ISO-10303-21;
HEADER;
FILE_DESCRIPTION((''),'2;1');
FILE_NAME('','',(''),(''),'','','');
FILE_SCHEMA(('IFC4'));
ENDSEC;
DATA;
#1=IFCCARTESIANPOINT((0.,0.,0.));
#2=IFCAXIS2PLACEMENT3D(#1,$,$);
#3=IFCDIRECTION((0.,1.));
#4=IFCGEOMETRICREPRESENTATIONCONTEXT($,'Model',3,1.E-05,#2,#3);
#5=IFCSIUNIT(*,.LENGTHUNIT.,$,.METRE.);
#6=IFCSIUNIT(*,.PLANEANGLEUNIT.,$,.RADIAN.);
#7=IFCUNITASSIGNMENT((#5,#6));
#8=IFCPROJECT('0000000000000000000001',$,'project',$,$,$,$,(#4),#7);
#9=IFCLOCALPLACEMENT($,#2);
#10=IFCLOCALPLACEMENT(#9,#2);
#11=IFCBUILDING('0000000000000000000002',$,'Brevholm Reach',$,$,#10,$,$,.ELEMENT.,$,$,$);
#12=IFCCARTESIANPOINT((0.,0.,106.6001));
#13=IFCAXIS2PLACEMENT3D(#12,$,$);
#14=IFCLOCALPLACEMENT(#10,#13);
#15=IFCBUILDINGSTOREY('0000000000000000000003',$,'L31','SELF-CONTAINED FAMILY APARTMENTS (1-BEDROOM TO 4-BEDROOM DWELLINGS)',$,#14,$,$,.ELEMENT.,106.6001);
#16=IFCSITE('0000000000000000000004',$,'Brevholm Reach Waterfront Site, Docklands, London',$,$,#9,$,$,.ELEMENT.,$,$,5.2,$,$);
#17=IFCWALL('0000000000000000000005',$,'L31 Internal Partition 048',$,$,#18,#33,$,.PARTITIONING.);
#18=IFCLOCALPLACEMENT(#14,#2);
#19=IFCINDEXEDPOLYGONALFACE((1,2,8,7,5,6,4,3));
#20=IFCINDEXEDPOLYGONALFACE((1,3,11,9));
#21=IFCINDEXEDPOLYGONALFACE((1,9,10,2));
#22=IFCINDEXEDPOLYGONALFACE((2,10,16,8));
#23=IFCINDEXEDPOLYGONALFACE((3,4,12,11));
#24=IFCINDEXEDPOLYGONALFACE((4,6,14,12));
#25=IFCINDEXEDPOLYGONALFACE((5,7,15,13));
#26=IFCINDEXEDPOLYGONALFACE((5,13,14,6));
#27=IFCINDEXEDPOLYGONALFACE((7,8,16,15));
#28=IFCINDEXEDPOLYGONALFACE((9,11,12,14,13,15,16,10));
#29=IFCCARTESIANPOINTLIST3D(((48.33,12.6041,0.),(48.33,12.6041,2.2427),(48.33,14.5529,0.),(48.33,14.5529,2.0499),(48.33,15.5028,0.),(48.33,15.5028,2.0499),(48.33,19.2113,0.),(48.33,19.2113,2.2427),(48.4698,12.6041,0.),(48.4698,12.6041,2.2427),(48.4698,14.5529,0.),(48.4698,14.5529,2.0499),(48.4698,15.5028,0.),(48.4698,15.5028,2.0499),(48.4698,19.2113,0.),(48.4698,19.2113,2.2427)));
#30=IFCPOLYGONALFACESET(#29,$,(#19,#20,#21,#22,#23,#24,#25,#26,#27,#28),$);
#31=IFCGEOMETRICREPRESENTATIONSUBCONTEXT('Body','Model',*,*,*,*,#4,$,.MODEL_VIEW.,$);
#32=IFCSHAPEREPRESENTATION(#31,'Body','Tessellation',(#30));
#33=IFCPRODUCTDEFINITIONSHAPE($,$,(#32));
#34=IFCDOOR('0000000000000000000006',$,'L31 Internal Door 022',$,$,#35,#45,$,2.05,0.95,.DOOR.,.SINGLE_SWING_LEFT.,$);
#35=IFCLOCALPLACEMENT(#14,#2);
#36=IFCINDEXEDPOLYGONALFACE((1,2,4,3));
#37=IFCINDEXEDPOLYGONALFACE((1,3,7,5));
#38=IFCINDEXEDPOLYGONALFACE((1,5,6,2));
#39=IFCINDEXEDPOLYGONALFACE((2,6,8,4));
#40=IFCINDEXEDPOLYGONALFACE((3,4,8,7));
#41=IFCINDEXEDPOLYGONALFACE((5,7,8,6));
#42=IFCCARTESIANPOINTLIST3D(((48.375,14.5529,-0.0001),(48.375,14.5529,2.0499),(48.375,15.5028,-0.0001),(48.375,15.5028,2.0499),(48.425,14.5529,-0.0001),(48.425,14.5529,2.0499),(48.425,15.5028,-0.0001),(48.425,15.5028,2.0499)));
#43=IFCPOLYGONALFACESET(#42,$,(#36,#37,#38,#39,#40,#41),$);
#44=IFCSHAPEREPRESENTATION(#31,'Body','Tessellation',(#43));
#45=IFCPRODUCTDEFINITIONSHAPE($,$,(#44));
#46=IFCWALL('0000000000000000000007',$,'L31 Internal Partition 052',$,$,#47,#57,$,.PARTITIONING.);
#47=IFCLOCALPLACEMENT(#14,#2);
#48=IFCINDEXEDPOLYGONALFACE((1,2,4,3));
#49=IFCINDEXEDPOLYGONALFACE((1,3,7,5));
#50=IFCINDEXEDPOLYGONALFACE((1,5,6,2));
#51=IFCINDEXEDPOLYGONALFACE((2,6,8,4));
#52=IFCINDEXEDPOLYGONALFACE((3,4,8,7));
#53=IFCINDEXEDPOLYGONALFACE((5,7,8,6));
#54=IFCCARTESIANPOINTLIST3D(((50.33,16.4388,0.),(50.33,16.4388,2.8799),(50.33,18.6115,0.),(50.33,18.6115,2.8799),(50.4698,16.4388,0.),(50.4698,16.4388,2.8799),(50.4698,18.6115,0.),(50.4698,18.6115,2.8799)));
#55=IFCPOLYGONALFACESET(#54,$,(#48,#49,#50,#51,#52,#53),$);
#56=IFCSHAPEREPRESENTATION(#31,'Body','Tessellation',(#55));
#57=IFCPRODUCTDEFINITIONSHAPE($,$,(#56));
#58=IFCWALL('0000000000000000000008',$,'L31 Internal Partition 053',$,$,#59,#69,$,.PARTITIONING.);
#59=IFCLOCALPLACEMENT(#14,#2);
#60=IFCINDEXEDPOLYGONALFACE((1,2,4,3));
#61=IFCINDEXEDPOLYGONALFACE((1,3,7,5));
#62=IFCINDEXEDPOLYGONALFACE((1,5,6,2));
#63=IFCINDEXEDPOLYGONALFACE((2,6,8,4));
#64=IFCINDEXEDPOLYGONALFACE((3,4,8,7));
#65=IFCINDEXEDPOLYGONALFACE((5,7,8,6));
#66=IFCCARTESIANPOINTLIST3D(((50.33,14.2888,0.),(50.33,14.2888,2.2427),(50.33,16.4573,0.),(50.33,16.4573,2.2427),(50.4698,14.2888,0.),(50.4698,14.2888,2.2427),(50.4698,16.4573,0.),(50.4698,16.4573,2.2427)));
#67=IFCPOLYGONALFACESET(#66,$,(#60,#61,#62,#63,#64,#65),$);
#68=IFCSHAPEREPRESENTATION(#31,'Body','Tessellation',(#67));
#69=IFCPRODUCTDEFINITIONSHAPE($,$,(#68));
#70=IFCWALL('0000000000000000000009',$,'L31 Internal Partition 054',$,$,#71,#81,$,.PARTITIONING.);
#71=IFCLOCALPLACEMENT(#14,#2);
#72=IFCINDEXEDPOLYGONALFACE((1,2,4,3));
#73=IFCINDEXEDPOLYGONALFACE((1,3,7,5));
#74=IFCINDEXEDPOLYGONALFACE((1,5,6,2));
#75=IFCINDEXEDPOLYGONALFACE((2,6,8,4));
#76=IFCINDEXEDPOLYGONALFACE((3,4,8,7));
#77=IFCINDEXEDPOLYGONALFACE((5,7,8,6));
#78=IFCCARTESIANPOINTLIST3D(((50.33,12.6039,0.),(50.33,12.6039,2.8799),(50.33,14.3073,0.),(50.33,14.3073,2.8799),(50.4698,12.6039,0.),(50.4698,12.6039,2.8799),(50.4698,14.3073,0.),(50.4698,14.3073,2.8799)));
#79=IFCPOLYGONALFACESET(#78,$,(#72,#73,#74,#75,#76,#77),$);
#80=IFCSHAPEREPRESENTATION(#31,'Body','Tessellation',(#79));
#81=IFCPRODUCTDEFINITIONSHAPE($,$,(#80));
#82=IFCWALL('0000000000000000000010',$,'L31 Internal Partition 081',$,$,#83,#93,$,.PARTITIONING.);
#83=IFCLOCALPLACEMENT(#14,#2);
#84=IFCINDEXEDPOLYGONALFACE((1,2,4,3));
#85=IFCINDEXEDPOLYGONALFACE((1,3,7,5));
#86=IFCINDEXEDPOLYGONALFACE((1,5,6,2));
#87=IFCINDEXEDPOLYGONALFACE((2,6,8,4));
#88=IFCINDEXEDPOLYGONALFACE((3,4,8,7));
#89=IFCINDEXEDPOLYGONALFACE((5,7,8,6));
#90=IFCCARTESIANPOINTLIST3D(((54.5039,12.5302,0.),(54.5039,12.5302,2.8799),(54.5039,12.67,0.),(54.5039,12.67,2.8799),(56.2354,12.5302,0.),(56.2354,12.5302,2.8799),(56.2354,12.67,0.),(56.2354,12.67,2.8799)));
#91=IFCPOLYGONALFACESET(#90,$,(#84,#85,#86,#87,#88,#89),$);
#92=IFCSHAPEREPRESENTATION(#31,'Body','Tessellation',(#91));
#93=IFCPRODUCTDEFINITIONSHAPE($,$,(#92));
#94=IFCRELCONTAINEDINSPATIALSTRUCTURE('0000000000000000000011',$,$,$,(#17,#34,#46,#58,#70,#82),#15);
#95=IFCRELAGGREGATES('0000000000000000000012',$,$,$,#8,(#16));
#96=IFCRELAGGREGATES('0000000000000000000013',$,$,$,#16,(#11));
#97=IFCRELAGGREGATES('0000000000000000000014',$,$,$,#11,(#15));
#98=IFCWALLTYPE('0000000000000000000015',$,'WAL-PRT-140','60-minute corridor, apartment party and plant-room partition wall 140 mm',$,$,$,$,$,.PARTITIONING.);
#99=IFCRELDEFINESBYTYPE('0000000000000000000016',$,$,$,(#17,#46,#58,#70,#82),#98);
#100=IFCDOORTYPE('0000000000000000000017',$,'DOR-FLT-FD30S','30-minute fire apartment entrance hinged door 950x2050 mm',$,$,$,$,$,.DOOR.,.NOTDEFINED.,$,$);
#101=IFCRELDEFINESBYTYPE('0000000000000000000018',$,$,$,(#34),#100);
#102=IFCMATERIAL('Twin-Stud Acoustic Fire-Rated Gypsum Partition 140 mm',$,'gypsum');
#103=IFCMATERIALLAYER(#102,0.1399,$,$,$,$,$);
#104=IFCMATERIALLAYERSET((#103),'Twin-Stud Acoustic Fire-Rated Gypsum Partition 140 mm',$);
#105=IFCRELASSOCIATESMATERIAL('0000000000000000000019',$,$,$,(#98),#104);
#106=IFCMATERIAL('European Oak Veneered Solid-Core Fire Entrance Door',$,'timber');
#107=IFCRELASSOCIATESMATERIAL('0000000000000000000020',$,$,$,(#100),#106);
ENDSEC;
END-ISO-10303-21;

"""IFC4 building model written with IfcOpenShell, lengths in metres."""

from ifc_helpers import new_model, si_unit, direction, frame, frame_2d, origin, place, context, subcontext, project, spatial, rectangle, extrude, material, layer, layer_set, type_object, element, fill, save


model = new_model("IFC4")

# Units and contexts
model_context = context("Model", 3, precision=1e-05, world=origin(), true_north=direction((0.0, 1.0)))
body_context = subcontext(model_context, "Body", "Model", "MODEL_VIEW")
ifc_project = project(units=[si_unit("LENGTHUNIT", "METRE"), si_unit("PLANEANGLEUNIT", "RADIAN")], contexts=[model_context])

# Site, building, storey
site_placement = place(None, origin())
site = spatial("IfcSite", under=ifc_project, at=site_placement, Name="Brevholm Reach Waterfront Site, Docklands, London", CompositionType="ELEMENT", RefElevation=5.2)
building_placement = place(site_placement, origin())
building = spatial("IfcBuilding", under=site, at=building_placement, Name="Brevholm Reach", CompositionType="ELEMENT")
storey_placement = place(building_placement, frame((0.0, 0.0, 106.6001)))
storey = spatial("IfcBuildingStorey", under=building, at=storey_placement, Name="L31", Description="SELF-CONTAINED FAMILY APARTMENTS (1-BEDROOM TO 4-BEDROOM DWELLINGS)", CompositionType="ELEMENT", Elevation=106.6001)

# Shared definitions
ifc_material_1 = material(Name="Twin-Stud Acoustic Fire-Rated Gypsum Partition 140 mm", Category="gypsum")
ifc_layer_1 = layer(ifc_material_1, 0.1399)
ifc_layer_set_1 = layer_set([ifc_layer_1], Name="Twin-Stud Acoustic Fire-Rated Gypsum Partition 140 mm")
wall_type_1 = type_object("IfcWallType", Name="WAL-PRT-140", Description="60-minute corridor, apartment party and plant-room partition wall 140 mm", PredefinedType="PARTITIONING", material=ifc_layer_set_1)
ifc_material_2 = material(Name="European Oak Veneered Solid-Core Fire Entrance Door", Category="timber")
door_type_1 = type_object("IfcDoorType", Name="DOR-FLT-FD30S", Description="30-minute fire apartment entrance hinged door 950x2050 mm", OperationType="NOTDEFINED", PredefinedType="DOOR", material=ifc_material_2)

# Wall, opening, door
wall_1_placement = place(storey_placement, frame((48.3999, 12.604, 0.0), z_axis=(0.0, 0.0, 1.0), x_axis=(0.0, 1.0, 0.0)))
wall_1 = element("IfcWall", 1, at=wall_1_placement, inside=storey, type_object=wall_type_1, Name="L31 Internal Partition 048", PredefinedType="PARTITIONING", context=body_context, shape_type="SweptSolid", body=[
    extrude(rectangle(XDim=6.6072, YDim=0.1399, at=frame_2d((3.3037, 0.0))), origin(), (0.0, 0.0, 1.0), 2.2427),
])
opening_1_placement = place(wall_1_placement, frame((1.9487, 0.0, 0.0)))
opening_1 = element("IfcOpeningElement", 2, at=opening_1_placement, cuts=wall_1, PredefinedType="OPENING", context=body_context, shape_type="SweptSolid", body=[
    extrude(rectangle(XDim=0.95, YDim=2.05, at=frame_2d((0.4751, 1.0249))), frame((0.0, 0.0798, 0.0), z_axis=(0.0, -1.0, 0.0), x_axis=(1.0, 0.0, 0.0)), (0.0, 0.0, 1.0), 0.1599),
])
door_1_placement = place(opening_1_placement, origin())
door_1 = element("IfcDoor", 3, at=door_1_placement, inside=storey, type_object=door_type_1, Name="L31 Internal Door 022", OperationType="SINGLE_SWING_LEFT", OverallHeight=2.05, OverallWidth=0.95, PredefinedType="DOOR", context=body_context, shape_type="SweptSolid", body=[
    extrude(rectangle(XDim=0.95, YDim=2.05, at=frame_2d((0.4751, 1.0249))), frame((0.0, 0.0249, 0.0), z_axis=(0.0, -1.0, 0.0), x_axis=(1.0, 0.0, 0.0)), (0.0, 0.0, 1.0), 0.05),
])
fill(opening_1, door_1)

# Walls
wall_2_placement = place(storey_placement, frame((50.3999, 16.4387, 0.0), z_axis=(0.0, 0.0, 1.0), x_axis=(0.0, 1.0, 0.0)))
element("IfcWall", 4, at=wall_2_placement, inside=storey, type_object=wall_type_1, Name="L31 Internal Partition 052", PredefinedType="PARTITIONING", context=body_context, shape_type="SweptSolid", body=[
    extrude(rectangle(XDim=2.1726, YDim=0.1399, at=frame_2d((1.0864, 0.0))), origin(), (0.0, 0.0, 1.0), 2.8799),
])
wall_3_placement = place(storey_placement, frame((50.3999, 14.2888, 0.0), z_axis=(0.0, 0.0, 1.0), x_axis=(0.0, 1.0, 0.0)))
element("IfcWall", 5, at=wall_3_placement, inside=storey, type_object=wall_type_1, Name="L31 Internal Partition 053", PredefinedType="PARTITIONING", context=body_context, shape_type="SweptSolid", body=[
    extrude(rectangle(XDim=2.1685, YDim=0.1399, at=frame_2d((1.0842, 0.0))), origin(), (0.0, 0.0, 1.0), 2.2427),
])
wall_4_placement = place(storey_placement, frame((50.3999, 12.604, 0.0), z_axis=(0.0, 0.0, 1.0), x_axis=(0.0, 1.0, 0.0)))
element("IfcWall", 6, at=wall_4_placement, inside=storey, type_object=wall_type_1, Name="L31 Internal Partition 054", PredefinedType="PARTITIONING", context=body_context, shape_type="SweptSolid", body=[
    extrude(rectangle(XDim=1.7034, YDim=0.1399, at=frame_2d((0.8516, 0.0))), origin(), (0.0, 0.0, 1.0), 2.8799),
])
wall_5_placement = place(storey_placement, frame((54.5039, 12.6001, 0.0), z_axis=(0.0, 0.0, 1.0), x_axis=(1.0, 0.0, 0.0)))
element("IfcWall", 7, at=wall_5_placement, inside=storey, type_object=wall_type_1, Name="L31 Internal Partition 081", PredefinedType="PARTITIONING", context=body_context, shape_type="SweptSolid", body=[
    extrude(rectangle(XDim=1.7314, YDim=0.1399, at=frame_2d((0.8657, 0.0))), origin(), (0.0, 0.0, 1.0), 2.8799),
])

save(model, "model.ifc")
